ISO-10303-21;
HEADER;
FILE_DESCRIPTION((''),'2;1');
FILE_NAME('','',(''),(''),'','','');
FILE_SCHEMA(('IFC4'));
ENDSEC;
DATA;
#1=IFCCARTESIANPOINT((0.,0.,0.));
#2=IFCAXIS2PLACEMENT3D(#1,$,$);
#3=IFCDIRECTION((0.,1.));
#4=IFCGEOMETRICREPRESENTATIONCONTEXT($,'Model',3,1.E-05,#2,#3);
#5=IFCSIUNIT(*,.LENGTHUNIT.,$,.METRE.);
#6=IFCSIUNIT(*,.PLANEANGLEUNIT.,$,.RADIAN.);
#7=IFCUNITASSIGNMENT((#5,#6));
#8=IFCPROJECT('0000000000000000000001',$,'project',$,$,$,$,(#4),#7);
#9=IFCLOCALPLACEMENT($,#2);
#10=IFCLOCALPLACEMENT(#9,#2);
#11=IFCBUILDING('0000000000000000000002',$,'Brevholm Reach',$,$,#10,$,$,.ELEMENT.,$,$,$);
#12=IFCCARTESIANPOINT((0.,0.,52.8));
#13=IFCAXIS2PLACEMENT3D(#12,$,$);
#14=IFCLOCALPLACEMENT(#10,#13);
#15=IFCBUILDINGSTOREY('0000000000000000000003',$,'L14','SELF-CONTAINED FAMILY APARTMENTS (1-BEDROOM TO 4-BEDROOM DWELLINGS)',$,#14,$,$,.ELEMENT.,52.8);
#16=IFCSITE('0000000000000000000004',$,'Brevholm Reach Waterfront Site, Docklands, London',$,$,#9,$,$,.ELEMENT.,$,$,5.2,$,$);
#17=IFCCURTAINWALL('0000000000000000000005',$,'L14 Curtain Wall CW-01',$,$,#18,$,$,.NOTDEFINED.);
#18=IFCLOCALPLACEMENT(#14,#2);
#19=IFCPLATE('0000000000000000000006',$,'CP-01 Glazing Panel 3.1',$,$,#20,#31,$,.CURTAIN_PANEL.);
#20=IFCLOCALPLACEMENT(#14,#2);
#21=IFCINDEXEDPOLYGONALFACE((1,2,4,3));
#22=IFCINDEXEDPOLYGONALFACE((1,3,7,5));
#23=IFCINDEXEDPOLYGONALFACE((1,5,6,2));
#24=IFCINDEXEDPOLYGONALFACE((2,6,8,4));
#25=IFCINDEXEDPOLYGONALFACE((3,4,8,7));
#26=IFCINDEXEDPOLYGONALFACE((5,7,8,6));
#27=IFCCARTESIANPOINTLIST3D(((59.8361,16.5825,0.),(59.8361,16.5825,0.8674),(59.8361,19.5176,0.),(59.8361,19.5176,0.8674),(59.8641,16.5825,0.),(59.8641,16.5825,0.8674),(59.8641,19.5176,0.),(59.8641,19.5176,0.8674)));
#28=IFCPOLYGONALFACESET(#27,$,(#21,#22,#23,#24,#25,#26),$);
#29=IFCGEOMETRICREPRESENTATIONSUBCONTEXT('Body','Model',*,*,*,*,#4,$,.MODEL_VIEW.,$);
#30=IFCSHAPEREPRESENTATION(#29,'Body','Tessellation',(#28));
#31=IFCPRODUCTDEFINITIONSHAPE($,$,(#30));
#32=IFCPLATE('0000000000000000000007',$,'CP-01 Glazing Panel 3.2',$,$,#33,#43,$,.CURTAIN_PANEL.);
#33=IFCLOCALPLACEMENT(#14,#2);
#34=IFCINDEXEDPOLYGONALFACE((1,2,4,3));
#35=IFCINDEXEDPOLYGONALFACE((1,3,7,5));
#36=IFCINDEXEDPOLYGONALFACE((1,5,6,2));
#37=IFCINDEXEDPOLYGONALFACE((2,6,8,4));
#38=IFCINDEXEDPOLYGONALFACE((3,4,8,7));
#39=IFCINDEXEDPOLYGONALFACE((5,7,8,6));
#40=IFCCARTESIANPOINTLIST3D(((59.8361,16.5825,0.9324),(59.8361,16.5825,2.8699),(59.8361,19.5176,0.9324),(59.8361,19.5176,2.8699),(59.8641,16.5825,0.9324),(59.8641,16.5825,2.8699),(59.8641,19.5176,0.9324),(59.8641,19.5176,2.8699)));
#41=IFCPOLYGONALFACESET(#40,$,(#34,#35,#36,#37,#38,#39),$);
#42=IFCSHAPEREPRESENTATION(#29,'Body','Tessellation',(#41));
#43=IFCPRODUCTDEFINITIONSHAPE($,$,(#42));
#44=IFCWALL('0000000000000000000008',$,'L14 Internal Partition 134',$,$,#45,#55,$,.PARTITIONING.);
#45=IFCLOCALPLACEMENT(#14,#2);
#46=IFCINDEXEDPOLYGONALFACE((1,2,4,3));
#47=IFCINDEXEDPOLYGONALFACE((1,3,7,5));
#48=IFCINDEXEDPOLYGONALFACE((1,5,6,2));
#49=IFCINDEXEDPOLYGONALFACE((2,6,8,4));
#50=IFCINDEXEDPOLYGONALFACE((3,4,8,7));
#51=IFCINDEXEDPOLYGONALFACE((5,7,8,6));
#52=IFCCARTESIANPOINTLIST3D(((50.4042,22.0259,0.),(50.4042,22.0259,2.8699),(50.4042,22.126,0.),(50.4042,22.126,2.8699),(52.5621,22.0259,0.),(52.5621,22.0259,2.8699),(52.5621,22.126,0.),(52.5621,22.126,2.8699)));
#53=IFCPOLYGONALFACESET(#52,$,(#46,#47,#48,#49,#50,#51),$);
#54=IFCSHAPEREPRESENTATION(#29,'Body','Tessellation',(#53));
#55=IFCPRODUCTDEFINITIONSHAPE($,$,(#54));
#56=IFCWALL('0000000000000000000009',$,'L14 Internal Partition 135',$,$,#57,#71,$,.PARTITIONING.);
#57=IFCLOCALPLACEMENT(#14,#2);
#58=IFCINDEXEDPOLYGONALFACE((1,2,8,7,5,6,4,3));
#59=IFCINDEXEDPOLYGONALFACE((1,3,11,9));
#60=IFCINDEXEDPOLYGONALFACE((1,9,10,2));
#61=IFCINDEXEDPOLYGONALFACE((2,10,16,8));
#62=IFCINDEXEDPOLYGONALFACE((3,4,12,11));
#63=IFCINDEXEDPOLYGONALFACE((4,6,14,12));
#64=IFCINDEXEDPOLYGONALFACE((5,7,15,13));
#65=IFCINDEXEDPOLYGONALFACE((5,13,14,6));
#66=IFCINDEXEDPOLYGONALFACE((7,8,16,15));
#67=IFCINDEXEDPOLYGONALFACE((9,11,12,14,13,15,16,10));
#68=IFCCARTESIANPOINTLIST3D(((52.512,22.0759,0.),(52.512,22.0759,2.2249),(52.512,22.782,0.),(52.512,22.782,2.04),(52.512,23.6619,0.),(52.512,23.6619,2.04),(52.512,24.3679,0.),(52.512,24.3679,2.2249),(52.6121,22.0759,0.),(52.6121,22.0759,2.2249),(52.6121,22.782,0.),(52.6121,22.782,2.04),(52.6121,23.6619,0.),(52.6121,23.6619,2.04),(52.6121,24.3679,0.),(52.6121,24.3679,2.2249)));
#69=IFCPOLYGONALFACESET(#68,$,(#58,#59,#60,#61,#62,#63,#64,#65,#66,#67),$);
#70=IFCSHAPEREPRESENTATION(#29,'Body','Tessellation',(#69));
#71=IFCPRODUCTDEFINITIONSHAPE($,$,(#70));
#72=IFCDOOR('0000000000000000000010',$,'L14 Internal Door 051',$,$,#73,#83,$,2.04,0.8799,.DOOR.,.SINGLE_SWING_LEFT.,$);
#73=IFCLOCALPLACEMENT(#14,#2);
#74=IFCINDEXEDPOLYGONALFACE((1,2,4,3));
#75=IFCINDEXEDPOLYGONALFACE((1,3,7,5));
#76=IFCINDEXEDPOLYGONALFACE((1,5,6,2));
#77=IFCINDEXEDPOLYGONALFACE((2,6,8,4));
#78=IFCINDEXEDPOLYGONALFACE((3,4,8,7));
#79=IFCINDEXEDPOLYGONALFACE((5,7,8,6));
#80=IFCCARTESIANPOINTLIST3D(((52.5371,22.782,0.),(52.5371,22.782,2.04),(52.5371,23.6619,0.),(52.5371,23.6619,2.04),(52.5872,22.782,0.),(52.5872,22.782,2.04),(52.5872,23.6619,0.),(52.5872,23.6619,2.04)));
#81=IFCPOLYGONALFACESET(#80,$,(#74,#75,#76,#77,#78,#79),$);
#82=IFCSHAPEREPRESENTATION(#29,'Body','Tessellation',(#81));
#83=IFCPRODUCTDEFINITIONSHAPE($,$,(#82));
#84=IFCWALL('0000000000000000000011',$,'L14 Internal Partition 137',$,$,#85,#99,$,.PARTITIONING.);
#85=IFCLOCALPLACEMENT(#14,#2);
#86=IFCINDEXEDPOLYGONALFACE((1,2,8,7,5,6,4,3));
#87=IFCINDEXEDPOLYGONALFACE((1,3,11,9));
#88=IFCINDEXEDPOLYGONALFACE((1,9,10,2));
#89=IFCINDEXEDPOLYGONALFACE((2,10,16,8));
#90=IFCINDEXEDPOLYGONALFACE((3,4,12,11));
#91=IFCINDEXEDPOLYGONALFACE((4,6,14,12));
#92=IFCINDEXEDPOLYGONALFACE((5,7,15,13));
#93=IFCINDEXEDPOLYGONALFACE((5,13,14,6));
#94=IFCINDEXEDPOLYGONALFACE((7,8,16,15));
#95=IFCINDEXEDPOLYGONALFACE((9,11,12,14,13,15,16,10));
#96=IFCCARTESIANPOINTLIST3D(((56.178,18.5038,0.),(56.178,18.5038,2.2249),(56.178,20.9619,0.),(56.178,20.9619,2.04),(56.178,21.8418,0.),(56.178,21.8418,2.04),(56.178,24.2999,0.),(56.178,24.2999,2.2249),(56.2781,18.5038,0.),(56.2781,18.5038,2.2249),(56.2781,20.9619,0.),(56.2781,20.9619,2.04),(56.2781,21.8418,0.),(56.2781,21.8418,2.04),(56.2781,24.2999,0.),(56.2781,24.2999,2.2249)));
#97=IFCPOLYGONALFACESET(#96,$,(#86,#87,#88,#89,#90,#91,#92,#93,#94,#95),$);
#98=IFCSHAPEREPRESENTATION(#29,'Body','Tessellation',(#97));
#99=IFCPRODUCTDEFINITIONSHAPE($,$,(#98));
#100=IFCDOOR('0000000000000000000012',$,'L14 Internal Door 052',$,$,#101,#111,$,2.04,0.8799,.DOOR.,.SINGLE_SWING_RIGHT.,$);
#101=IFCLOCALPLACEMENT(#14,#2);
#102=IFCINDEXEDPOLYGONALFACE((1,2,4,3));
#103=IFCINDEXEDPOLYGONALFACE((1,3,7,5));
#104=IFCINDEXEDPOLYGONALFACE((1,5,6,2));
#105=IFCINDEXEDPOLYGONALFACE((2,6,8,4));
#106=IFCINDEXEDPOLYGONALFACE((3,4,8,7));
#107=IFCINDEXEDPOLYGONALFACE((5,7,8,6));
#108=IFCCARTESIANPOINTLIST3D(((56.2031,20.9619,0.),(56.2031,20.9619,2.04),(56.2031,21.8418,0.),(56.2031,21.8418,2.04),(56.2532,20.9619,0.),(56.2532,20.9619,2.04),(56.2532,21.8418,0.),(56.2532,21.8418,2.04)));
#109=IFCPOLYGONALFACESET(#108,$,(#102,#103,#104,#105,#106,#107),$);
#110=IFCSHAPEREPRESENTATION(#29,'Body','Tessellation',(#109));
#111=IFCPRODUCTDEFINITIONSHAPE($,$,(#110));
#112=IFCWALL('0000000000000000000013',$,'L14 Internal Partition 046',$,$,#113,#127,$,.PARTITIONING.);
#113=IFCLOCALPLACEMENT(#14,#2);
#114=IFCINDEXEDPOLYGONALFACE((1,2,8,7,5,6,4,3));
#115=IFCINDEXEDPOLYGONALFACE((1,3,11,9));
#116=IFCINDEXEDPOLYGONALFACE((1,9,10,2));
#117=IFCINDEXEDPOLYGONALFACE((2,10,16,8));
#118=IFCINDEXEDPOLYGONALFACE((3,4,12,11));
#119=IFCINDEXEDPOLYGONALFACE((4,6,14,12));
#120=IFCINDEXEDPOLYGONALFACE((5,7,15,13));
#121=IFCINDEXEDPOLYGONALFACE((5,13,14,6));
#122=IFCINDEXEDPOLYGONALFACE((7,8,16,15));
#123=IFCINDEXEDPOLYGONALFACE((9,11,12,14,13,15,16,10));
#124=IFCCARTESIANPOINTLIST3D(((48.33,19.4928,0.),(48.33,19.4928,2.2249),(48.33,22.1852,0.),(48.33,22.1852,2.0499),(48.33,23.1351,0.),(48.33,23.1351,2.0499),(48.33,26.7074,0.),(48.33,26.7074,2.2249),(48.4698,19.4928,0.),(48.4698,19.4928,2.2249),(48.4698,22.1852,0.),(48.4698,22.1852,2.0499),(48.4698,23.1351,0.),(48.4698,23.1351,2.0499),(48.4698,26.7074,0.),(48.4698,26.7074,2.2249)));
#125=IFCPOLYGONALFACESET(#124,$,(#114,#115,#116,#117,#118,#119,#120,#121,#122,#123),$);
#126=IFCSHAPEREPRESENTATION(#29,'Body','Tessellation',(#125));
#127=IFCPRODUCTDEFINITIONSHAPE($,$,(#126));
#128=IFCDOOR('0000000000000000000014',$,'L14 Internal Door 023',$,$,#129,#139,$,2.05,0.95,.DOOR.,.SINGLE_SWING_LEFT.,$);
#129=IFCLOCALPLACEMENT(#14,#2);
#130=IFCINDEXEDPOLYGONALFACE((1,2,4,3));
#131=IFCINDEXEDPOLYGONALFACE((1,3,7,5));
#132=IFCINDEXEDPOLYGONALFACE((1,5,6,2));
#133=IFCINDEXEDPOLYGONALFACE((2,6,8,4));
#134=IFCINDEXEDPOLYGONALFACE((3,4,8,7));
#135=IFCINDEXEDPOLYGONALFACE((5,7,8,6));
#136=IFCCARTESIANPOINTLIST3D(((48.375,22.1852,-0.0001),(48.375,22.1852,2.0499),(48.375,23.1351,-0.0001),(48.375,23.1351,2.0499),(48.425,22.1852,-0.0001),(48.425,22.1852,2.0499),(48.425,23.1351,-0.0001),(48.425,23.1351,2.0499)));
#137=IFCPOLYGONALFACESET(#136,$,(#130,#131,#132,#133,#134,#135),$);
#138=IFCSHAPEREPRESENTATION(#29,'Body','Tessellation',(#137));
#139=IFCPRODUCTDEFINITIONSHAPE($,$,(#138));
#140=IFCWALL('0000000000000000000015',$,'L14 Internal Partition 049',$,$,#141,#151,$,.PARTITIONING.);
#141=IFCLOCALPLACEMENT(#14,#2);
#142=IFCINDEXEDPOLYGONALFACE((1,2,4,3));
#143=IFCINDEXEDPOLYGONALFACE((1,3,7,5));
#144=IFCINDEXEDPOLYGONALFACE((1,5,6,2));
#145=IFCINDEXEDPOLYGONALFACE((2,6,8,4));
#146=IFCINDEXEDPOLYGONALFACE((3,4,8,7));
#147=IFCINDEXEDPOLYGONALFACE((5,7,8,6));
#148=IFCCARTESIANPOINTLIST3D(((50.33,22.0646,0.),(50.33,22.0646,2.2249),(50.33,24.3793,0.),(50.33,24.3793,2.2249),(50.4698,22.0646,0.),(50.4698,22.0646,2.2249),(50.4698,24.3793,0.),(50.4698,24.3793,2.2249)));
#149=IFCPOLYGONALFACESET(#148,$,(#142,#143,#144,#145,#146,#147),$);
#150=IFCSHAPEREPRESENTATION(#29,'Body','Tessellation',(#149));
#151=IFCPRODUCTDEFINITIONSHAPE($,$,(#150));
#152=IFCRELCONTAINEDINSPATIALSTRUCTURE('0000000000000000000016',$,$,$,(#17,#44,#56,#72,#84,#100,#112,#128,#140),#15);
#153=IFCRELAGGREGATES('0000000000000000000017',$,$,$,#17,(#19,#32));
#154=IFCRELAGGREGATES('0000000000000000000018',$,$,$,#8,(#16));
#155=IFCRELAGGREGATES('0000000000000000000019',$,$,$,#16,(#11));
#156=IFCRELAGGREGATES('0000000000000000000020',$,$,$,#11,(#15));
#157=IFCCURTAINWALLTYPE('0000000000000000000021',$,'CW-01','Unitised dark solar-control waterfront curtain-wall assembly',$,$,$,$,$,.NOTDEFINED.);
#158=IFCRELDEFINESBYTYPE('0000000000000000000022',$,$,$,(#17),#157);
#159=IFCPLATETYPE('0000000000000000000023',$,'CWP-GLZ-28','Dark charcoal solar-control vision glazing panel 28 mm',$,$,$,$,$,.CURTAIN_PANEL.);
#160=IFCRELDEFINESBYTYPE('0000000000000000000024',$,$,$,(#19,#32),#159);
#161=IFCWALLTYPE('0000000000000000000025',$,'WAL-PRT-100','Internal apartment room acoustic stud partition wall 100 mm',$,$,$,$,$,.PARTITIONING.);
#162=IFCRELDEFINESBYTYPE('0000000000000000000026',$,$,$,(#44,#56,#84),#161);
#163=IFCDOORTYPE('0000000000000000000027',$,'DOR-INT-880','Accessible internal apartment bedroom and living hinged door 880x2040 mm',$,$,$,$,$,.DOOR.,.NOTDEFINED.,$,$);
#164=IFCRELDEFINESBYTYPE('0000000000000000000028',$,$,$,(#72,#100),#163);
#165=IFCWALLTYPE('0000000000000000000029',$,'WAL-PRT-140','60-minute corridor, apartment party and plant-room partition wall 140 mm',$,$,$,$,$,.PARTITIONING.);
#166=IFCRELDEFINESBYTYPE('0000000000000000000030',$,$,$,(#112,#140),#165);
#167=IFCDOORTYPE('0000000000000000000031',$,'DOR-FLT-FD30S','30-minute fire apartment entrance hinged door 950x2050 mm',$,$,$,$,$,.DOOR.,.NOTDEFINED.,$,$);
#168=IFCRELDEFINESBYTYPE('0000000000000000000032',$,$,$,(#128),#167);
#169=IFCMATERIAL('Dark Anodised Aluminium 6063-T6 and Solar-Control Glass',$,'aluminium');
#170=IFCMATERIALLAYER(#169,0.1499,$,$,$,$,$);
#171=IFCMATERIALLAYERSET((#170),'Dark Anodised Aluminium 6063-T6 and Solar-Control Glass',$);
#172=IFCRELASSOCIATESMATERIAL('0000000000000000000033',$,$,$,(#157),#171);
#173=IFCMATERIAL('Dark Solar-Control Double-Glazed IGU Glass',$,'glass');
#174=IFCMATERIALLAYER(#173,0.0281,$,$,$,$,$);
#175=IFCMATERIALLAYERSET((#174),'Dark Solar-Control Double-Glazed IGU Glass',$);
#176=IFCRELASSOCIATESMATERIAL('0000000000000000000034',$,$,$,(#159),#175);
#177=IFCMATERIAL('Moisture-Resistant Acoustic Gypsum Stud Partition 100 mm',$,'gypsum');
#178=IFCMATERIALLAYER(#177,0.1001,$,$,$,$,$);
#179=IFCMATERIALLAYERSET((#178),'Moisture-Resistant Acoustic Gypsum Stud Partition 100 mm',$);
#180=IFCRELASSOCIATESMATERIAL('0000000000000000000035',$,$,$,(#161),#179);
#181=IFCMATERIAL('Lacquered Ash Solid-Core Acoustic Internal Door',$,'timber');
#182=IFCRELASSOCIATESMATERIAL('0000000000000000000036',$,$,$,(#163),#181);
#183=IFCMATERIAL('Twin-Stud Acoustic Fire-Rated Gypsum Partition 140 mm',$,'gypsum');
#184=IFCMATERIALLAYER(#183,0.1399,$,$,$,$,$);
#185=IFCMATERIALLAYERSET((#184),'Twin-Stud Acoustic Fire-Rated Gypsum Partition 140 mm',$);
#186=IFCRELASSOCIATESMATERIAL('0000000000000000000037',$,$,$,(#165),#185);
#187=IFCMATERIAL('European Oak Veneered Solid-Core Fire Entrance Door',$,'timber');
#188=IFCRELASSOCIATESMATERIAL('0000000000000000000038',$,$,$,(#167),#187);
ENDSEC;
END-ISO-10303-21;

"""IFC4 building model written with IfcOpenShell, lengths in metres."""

from ifc_helpers import new_model, si_unit, direction, frame, frame_2d, origin, origin_2d, place, context, subcontext, project, spatial, rectangle, extrude, material, layer, layer_set, type_object, element, fill, aggregate, save


model = new_model("IFC4")

# Units and contexts
model_context = context("Model", 3, precision=1e-05, world=origin(), true_north=direction((0.0, 1.0)))
body_context = subcontext(model_context, "Body", "Model", "MODEL_VIEW")
ifc_project = project(units=[si_unit("LENGTHUNIT", "METRE"), si_unit("PLANEANGLEUNIT", "RADIAN")], contexts=[model_context])

# Site, building, storey
site_placement = place(None, origin())
site = spatial("IfcSite", under=ifc_project, at=site_placement, Name="Brevholm Reach Waterfront Site, Docklands, London", CompositionType="ELEMENT", RefElevation=5.2)
building_placement = place(site_placement, origin())
building = spatial("IfcBuilding", under=site, at=building_placement, Name="Brevholm Reach", CompositionType="ELEMENT")
storey_placement = place(building_placement, frame((0.0, 0.0, 52.8)))
storey = spatial("IfcBuildingStorey", under=building, at=storey_placement, Name="L14", Description="SELF-CONTAINED FAMILY APARTMENTS (1-BEDROOM TO 4-BEDROOM DWELLINGS)", CompositionType="ELEMENT", Elevation=52.8)

# Curtain wall, plates
ifc_material_1 = material(Name="Dark Anodised Aluminium 6063-T6 and Solar-Control Glass", Category="aluminium")
ifc_layer_1 = layer(ifc_material_1, 0.1499)
ifc_layer_set_1 = layer_set([ifc_layer_1], Name="Dark Anodised Aluminium 6063-T6 and Solar-Control Glass")
curtain_wall_type = type_object("IfcCurtainWallType", Name="CW-01", Description="Unitised dark solar-control waterfront curtain-wall assembly", PredefinedType="NOTDEFINED", material=ifc_layer_set_1)
curtain_wall_placement = place(storey_placement, origin())
curtain_wall = element("IfcCurtainWall", 1, at=curtain_wall_placement, inside=storey, type_object=curtain_wall_type, Name="L14 Curtain Wall CW-01", PredefinedType="NOTDEFINED")
ifc_material_2 = material(Name="Dark Solar-Control Double-Glazed IGU Glass", Category="glass")
ifc_layer_2 = layer(ifc_material_2, 0.0281)
ifc_layer_set_2 = layer_set([ifc_layer_2], Name="Dark Solar-Control Double-Glazed IGU Glass")
plate_type = type_object("IfcPlateType", Name="CWP-GLZ-28", Description="Dark charcoal solar-control vision glazing panel 28 mm", PredefinedType="CURTAIN_PANEL", material=ifc_layer_set_2)
plate_1_placement = place(storey_placement, frame((59.8501, 18.05, 0.0), z_axis=(0.0, 0.0, 1.0), x_axis=(0.0, 1.0, 0.0)))
plate_1 = element("IfcPlate", 2, at=plate_1_placement, type_object=plate_type, Name="CP-01 Glazing Panel 3.1", PredefinedType="CURTAIN_PANEL", context=body_context, shape_type="SweptSolid", body=[
    extrude(rectangle(XDim=2.9351, YDim=0.0281, at=origin_2d()), origin(), (0.0, 0.0, 1.0), 0.8674),
])
plate_2_placement = place(storey_placement, frame((59.8501, 18.05, 0.9324), z_axis=(0.0, 0.0, 1.0), x_axis=(0.0, 1.0, 0.0)))
plate_2 = element("IfcPlate", 3, at=plate_2_placement, type_object=plate_type, Name="CP-01 Glazing Panel 3.2", PredefinedType="CURTAIN_PANEL", context=body_context, shape_type="SweptSolid", body=[
    extrude(rectangle(XDim=2.9351, YDim=0.0281, at=origin_2d()), origin(), (0.0, 0.0, 1.0), 1.9375),
])
aggregate(curtain_wall, [plate_1, plate_2])

# Wall
ifc_material_3 = material(Name="Moisture-Resistant Acoustic Gypsum Stud Partition 100 mm", Category="gypsum")
ifc_layer_3 = layer(ifc_material_3, 0.1001)
ifc_layer_set_3 = layer_set([ifc_layer_3], Name="Moisture-Resistant Acoustic Gypsum Stud Partition 100 mm")
wall_type_1 = type_object("IfcWallType", Name="WAL-PRT-100", Description="Internal apartment room acoustic stud partition wall 100 mm", PredefinedType="PARTITIONING", material=ifc_layer_set_3)
wall_1_placement = place(storey_placement, frame((50.4041, 22.0759, 0.0), z_axis=(0.0, 0.0, 1.0), x_axis=(1.0, 0.0, 0.0)))
element("IfcWall", 4, at=wall_1_placement, inside=storey, type_object=wall_type_1, Name="L14 Internal Partition 134", PredefinedType="PARTITIONING", context=body_context, shape_type="SweptSolid", body=[
    extrude(rectangle(XDim=2.158, YDim=0.1001, at=frame_2d((1.0791, 0.0))), origin(), (0.0, 0.0, 1.0), 2.8699),
])

# Walls, openings, doors
wall_2_placement = place(storey_placement, frame((52.562, 22.0759, 0.0), z_axis=(0.0, 0.0, 1.0), x_axis=(0.0, 1.0, 0.0)))
wall_2 = element("IfcWall", 5, at=wall_2_placement, inside=storey, type_object=wall_type_1, Name="L14 Internal Partition 135", PredefinedType="PARTITIONING", context=body_context, shape_type="SweptSolid", body=[
    extrude(rectangle(XDim=2.292, YDim=0.1001, at=frame_2d((1.146, 0.0))), origin(), (0.0, 0.0, 1.0), 2.2249),
])
opening_1_placement = place(wall_2_placement, frame((0.7061, 0.0, 0.0)))
opening_1 = element("IfcOpeningElement", 6, at=opening_1_placement, cuts=wall_2, PredefinedType="OPENING", context=body_context, shape_type="SweptSolid", body=[
    extrude(rectangle(XDim=0.8799, YDim=2.04, at=frame_2d((0.4399, 1.02))), frame((0.0, 0.0601, 0.0), z_axis=(0.0, -1.0, 0.0), x_axis=(1.0, 0.0, 0.0)), (0.0, 0.0, 1.0), 0.1201),
])
ifc_material_4 = material(Name="Lacquered Ash Solid-Core Acoustic Internal Door", Category="timber")
door_type_1 = type_object("IfcDoorType", Name="DOR-INT-880", Description="Accessible internal apartment bedroom and living hinged door 880x2040 mm", OperationType="NOTDEFINED", PredefinedType="DOOR", material=ifc_material_4)
door_1_placement = place(opening_1_placement, origin())
door_1 = element("IfcDoor", 7, at=door_1_placement, inside=storey, type_object=door_type_1, Name="L14 Internal Door 051", OperationType="SINGLE_SWING_LEFT", OverallHeight=2.04, OverallWidth=0.8799, PredefinedType="DOOR", context=body_context, shape_type="SweptSolid", body=[
    extrude(rectangle(XDim=0.8799, YDim=2.04, at=frame_2d((0.4399, 1.02))), frame((0.0, 0.0249, 0.0), z_axis=(0.0, -1.0, 0.0), x_axis=(1.0, 0.0, 0.0)), (0.0, 0.0, 1.0), 0.05),
])
fill(opening_1, door_1)
wall_3_placement = place(storey_placement, frame((56.228, 18.5039, 0.0), z_axis=(0.0, 0.0, 1.0), x_axis=(0.0, 1.0, 0.0)))
wall_3 = element("IfcWall", 8, at=wall_3_placement, inside=storey, type_object=wall_type_1, Name="L14 Internal Partition 137", PredefinedType="PARTITIONING", context=body_context, shape_type="SweptSolid", body=[
    extrude(rectangle(XDim=5.7961, YDim=0.1001, at=frame_2d((2.8979, 0.0))), origin(), (0.0, 0.0, 1.0), 2.2249),
])
opening_2_placement = place(wall_3_placement, frame((2.458, 0.0, 0.0)))
opening_2 = element("IfcOpeningElement", 9, at=opening_2_placement, cuts=wall_3, PredefinedType="OPENING", context=body_context, shape_type="SweptSolid", body=[
    extrude(rectangle(XDim=0.8799, YDim=2.04, at=frame_2d((0.4399, 1.02))), frame((0.0, 0.0601, 0.0), z_axis=(0.0, -1.0, 0.0), x_axis=(1.0, 0.0, 0.0)), (0.0, 0.0, 1.0), 0.1201),
])
door_2_placement = place(opening_2_placement, origin())
door_2 = element("IfcDoor", 10, at=door_2_placement, inside=storey, type_object=door_type_1, Name="L14 Internal Door 052", OperationType="SINGLE_SWING_RIGHT", OverallHeight=2.04, OverallWidth=0.8799, PredefinedType="DOOR", context=body_context, shape_type="SweptSolid", body=[
    extrude(rectangle(XDim=0.8799, YDim=2.04, at=frame_2d((0.4399, 1.02))), frame((0.0, 0.0249, 0.0), z_axis=(0.0, -1.0, 0.0), x_axis=(1.0, 0.0, 0.0)), (0.0, 0.0, 1.0), 0.05),
])
fill(opening_2, door_2)
ifc_material_5 = material(Name="Twin-Stud Acoustic Fire-Rated Gypsum Partition 140 mm", Category="gypsum")
ifc_layer_4 = layer(ifc_material_5, 0.1399)
ifc_layer_set_4 = layer_set([ifc_layer_4], Name="Twin-Stud Acoustic Fire-Rated Gypsum Partition 140 mm")
wall_type_2 = type_object("IfcWallType", Name="WAL-PRT-140", Description="60-minute corridor, apartment party and plant-room partition wall 140 mm", PredefinedType="PARTITIONING", material=ifc_layer_set_4)
wall_4_placement = place(storey_placement, frame((48.3999, 19.4927, 0.0), z_axis=(0.0, 0.0, 1.0), x_axis=(0.0, 1.0, 0.0)))
wall_4 = element("IfcWall", 11, at=wall_4_placement, inside=storey, type_object=wall_type_2, Name="L14 Internal Partition 046", PredefinedType="PARTITIONING", context=body_context, shape_type="SweptSolid", body=[
    extrude(rectangle(XDim=7.2146, YDim=0.1399, at=frame_2d((3.6074, 0.0))), origin(), (0.0, 0.0, 1.0), 2.2249),
])
opening_3_placement = place(wall_4_placement, frame((2.6924, 0.0, 0.0)))
opening_3 = element("IfcOpeningElement", 12, at=opening_3_placement, cuts=wall_4, PredefinedType="OPENING", context=body_context, shape_type="SweptSolid", body=[
    extrude(rectangle(XDim=0.95, YDim=2.05, at=frame_2d((0.4751, 1.0249))), frame((0.0, 0.0798, 0.0), z_axis=(0.0, -1.0, 0.0), x_axis=(1.0, 0.0, 0.0)), (0.0, 0.0, 1.0), 0.1599),
])
ifc_material_6 = material(Name="European Oak Veneered Solid-Core Fire Entrance Door", Category="timber")
door_type_2 = type_object("IfcDoorType", Name="DOR-FLT-FD30S", Description="30-minute fire apartment entrance hinged door 950x2050 mm", OperationType="NOTDEFINED", PredefinedType="DOOR", material=ifc_material_6)
door_3_placement = place(opening_3_placement, origin())
door_3 = element("IfcDoor", 13, at=door_3_placement, inside=storey, type_object=door_type_2, Name="L14 Internal Door 023", OperationType="SINGLE_SWING_LEFT", OverallHeight=2.05, OverallWidth=0.95, PredefinedType="DOOR", context=body_context, shape_type="SweptSolid", body=[
    extrude(rectangle(XDim=0.95, YDim=2.05, at=frame_2d((0.4751, 1.0249))), frame((0.0, 0.0249, 0.0), z_axis=(0.0, -1.0, 0.0), x_axis=(1.0, 0.0, 0.0)), (0.0, 0.0, 1.0), 0.05),
])
fill(opening_3, door_3)

# Wall
wall_5_placement = place(storey_placement, frame((50.3999, 22.0647, 0.0), z_axis=(0.0, 0.0, 1.0), x_axis=(0.0, 1.0, 0.0)))
element("IfcWall", 14, at=wall_5_placement, inside=storey, type_object=wall_type_2, Name="L14 Internal Partition 049", PredefinedType="PARTITIONING", context=body_context, shape_type="SweptSolid", body=[
    extrude(rectangle(XDim=2.3147, YDim=0.1399, at=frame_2d((1.1572, 0.0))), origin(), (0.0, 0.0, 1.0), 2.2249),
])

save(model, "model.ifc")
